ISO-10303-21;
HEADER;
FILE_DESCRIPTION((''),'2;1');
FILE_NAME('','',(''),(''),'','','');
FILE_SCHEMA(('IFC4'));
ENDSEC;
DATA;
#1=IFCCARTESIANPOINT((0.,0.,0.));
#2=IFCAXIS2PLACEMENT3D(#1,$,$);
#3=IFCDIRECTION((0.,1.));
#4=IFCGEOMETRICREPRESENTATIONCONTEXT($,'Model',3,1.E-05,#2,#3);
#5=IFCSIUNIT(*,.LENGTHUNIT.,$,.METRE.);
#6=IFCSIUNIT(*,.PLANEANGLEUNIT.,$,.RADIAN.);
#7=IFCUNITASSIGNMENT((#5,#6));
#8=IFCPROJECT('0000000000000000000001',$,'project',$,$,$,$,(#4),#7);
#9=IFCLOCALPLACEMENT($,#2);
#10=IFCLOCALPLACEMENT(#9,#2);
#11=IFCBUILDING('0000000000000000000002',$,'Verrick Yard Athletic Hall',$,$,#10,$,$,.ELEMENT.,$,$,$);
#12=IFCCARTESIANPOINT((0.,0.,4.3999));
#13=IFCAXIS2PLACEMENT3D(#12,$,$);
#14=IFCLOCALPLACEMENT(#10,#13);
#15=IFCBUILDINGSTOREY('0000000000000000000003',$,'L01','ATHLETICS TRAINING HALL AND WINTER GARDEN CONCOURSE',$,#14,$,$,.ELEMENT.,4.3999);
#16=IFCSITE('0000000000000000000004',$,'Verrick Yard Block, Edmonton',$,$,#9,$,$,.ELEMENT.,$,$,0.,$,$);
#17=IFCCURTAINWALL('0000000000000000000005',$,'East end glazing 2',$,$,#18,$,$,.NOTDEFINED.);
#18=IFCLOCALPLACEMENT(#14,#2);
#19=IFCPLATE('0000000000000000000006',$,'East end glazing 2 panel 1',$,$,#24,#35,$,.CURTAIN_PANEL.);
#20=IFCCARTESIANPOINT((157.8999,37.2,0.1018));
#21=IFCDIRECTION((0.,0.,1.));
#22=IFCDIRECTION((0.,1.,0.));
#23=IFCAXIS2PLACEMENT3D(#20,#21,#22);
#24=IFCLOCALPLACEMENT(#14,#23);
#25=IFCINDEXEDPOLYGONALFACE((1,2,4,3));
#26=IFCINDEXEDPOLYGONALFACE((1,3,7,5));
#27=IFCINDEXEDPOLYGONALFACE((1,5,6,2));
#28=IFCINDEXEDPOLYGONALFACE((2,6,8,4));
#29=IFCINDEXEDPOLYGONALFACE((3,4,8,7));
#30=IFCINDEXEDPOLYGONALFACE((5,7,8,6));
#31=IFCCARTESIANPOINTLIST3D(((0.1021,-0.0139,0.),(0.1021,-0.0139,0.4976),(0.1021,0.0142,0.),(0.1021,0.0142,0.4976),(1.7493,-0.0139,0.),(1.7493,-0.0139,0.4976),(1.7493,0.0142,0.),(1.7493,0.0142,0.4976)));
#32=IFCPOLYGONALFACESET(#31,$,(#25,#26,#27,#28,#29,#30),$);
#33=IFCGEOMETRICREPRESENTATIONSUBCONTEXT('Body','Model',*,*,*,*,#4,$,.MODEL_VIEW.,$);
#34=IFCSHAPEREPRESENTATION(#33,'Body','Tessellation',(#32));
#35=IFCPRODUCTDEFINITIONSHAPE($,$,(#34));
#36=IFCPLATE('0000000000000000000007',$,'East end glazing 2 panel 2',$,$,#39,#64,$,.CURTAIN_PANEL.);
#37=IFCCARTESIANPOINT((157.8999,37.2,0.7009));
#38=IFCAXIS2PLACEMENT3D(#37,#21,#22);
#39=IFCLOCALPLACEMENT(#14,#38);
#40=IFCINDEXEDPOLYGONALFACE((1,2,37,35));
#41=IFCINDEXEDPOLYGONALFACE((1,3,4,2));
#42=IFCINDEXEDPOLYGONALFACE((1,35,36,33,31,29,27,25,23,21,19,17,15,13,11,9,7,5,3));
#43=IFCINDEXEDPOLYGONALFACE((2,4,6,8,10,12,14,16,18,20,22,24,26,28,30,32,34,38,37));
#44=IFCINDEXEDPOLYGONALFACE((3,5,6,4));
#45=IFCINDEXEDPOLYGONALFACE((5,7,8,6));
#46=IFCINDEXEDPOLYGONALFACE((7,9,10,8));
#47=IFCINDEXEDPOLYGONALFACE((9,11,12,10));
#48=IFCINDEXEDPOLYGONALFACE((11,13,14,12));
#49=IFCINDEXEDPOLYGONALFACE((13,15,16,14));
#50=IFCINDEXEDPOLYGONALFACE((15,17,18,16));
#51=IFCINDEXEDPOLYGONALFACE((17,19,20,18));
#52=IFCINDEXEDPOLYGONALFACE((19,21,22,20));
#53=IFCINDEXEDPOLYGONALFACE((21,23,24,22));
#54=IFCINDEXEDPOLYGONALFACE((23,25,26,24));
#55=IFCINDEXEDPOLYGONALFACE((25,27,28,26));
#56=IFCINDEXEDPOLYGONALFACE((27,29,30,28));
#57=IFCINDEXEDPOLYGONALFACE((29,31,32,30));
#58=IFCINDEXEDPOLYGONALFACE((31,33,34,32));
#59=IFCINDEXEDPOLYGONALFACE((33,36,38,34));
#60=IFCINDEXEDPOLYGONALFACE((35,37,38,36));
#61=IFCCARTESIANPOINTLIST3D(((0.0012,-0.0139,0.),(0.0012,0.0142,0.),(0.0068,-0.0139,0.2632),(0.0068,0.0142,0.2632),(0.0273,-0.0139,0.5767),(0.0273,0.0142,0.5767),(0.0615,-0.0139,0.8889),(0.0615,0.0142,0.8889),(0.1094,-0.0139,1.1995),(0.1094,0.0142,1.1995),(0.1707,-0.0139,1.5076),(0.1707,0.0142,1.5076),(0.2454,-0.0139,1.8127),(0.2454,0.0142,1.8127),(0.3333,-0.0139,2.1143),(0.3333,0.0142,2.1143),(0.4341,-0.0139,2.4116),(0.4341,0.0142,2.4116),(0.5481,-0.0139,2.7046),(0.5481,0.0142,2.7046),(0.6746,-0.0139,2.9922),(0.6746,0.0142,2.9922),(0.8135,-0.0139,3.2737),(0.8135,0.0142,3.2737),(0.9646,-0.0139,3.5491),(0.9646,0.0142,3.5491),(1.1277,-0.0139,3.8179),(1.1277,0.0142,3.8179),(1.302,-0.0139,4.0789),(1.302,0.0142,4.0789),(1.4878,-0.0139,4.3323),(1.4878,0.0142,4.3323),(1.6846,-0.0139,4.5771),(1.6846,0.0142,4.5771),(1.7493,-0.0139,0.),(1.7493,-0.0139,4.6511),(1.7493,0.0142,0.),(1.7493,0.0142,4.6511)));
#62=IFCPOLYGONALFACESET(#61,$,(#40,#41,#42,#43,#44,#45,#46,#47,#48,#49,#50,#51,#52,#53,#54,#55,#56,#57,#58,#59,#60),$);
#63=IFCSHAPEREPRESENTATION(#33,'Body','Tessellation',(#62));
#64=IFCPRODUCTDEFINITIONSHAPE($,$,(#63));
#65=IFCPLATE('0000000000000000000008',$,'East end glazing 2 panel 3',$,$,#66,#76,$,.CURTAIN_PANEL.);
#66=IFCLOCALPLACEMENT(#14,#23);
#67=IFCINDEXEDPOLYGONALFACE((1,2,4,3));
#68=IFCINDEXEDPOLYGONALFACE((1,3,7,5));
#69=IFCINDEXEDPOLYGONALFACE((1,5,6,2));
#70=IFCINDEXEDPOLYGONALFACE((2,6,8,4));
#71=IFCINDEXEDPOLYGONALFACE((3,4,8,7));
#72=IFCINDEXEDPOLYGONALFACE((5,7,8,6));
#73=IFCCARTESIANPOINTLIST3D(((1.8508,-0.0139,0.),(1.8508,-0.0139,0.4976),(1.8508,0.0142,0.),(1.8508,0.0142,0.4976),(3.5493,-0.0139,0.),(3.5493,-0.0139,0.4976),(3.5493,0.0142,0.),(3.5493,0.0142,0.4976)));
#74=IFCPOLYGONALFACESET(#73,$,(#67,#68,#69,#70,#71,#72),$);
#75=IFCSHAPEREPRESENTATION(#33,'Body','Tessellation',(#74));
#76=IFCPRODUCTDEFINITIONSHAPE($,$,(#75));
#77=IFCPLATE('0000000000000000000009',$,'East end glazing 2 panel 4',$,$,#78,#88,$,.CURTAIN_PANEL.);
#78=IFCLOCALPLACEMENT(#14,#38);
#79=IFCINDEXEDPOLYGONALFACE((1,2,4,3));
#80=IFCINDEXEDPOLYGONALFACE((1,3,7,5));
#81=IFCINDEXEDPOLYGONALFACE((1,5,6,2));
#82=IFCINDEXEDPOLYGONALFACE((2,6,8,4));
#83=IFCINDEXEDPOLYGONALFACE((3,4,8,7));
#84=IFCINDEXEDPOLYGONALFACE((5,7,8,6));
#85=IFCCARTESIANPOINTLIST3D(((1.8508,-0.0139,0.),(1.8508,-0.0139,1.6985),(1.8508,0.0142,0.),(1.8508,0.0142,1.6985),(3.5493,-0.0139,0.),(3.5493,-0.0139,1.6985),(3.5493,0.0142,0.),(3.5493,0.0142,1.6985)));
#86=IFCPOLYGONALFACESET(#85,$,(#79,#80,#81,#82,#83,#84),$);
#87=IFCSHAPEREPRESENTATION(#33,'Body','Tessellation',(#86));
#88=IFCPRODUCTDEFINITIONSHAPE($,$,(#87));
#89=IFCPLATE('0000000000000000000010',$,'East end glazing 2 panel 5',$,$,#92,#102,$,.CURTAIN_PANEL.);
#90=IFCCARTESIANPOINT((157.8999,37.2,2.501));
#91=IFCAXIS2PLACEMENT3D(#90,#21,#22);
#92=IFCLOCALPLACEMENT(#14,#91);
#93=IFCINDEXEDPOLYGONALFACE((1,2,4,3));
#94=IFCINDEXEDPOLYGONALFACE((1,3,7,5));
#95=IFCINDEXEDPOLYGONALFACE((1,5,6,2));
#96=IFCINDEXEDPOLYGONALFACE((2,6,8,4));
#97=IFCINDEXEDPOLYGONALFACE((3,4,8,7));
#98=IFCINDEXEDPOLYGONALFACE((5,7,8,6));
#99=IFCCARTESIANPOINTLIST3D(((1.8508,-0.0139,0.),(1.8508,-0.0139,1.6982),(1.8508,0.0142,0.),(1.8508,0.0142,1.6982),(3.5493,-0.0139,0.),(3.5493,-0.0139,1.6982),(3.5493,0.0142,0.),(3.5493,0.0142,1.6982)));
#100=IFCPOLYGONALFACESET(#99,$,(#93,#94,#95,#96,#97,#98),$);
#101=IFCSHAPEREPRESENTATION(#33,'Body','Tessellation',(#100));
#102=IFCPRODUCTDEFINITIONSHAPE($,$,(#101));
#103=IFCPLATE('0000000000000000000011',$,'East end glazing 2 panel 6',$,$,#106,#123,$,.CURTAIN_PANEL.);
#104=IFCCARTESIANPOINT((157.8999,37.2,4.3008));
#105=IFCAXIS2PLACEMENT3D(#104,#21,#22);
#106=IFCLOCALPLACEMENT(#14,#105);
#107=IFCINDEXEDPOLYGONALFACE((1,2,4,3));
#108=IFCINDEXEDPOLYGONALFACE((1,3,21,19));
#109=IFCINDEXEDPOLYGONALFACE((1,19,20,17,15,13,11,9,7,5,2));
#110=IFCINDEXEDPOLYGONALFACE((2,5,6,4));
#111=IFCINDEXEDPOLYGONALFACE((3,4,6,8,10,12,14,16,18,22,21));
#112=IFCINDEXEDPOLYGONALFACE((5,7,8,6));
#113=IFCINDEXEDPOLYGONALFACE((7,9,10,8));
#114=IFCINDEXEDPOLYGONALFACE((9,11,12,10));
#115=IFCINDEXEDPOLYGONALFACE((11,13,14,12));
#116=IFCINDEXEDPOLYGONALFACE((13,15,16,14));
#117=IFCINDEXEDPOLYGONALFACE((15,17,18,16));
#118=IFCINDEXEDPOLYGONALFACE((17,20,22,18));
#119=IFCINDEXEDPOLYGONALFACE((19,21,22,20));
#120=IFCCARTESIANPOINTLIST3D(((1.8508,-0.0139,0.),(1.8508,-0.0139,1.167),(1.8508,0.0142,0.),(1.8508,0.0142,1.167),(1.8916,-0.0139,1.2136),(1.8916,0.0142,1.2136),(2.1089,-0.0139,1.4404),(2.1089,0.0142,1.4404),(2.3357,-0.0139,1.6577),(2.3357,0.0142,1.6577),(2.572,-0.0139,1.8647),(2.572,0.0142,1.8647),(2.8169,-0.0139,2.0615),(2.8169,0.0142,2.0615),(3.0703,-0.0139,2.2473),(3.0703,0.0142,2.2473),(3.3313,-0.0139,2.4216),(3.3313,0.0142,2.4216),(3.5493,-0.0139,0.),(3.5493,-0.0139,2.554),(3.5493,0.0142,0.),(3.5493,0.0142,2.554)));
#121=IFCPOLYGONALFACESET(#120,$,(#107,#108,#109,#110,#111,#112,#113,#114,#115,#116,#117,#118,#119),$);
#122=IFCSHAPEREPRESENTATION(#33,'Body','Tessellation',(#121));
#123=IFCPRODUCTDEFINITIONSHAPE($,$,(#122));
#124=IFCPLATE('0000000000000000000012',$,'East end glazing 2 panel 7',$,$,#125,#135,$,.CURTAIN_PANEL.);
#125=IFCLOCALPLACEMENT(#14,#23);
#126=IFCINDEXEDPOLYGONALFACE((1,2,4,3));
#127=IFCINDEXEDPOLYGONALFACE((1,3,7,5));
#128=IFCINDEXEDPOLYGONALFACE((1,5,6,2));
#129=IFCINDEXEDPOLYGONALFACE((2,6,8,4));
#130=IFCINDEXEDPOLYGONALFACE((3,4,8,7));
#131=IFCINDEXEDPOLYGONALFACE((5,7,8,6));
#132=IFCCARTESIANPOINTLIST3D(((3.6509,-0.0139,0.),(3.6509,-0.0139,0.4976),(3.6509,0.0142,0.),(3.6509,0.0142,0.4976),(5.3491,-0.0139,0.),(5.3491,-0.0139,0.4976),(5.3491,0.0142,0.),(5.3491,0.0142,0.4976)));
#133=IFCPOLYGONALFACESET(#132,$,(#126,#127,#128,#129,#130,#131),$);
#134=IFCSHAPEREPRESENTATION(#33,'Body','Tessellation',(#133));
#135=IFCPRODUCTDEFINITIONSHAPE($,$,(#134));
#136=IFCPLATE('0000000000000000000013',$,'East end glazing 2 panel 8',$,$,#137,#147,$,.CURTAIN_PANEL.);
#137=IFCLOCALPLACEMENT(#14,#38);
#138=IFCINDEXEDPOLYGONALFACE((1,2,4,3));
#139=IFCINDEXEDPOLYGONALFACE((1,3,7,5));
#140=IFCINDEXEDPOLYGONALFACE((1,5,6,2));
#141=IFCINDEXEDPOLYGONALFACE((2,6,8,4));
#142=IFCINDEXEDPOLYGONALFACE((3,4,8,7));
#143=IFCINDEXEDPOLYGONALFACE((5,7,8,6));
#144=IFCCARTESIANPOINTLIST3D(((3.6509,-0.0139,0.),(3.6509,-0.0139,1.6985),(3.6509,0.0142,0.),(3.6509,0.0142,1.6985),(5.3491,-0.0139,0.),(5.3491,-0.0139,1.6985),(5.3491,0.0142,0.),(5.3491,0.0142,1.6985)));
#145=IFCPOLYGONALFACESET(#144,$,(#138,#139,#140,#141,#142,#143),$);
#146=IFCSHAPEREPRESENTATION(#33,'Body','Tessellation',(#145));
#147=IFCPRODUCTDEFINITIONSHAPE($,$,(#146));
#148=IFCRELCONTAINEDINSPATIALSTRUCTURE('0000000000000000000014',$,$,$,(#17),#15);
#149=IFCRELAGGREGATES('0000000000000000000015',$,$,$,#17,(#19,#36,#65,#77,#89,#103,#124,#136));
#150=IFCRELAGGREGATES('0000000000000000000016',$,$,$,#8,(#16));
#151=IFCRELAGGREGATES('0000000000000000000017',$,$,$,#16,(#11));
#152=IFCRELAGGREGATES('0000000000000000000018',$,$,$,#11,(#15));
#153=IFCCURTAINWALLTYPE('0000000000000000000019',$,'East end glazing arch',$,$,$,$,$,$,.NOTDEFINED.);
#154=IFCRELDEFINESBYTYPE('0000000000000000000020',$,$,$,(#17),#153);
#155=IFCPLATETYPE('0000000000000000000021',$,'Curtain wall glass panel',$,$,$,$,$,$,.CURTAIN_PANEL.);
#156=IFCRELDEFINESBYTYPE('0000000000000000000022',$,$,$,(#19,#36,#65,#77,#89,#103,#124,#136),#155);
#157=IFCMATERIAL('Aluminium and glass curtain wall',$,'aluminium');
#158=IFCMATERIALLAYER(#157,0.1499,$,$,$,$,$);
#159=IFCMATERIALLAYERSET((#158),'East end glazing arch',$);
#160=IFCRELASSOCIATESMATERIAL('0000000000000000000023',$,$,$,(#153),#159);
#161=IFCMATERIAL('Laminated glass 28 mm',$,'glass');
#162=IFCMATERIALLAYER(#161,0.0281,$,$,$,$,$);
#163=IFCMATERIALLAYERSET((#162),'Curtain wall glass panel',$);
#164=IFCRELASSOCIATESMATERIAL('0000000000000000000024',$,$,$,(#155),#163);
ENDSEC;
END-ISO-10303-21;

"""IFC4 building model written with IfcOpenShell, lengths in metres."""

from ifc_helpers import new_model, si_unit, direction, frame, origin, place, context, subcontext, project, spatial, polyline, outline, extrude, material, layer, layer_set, type_object, element, aggregate, save


model = new_model("IFC4")

# Units and contexts
model_context = context("Model", 3, precision=1e-05, world=origin(), true_north=direction((0.0, 1.0)))
body_context = subcontext(model_context, "Body", "Model", "MODEL_VIEW")
ifc_project = project(units=[si_unit("LENGTHUNIT", "METRE"), si_unit("PLANEANGLEUNIT", "RADIAN")], contexts=[model_context])

# Site, building, storey
site_placement = place(None, origin())
site = spatial("IfcSite", under=ifc_project, at=site_placement, Name="Verrick Yard Block, Edmonton", CompositionType="ELEMENT", RefElevation=0.0)
building_placement = place(site_placement, origin())
building = spatial("IfcBuilding", under=site, at=building_placement, Name="Verrick Yard Athletic Hall", CompositionType="ELEMENT")
storey_placement = place(building_placement, frame((0.0, 0.0, 4.3999)))
storey = spatial("IfcBuildingStorey", under=building, at=storey_placement, Name="L01", Description="ATHLETICS TRAINING HALL AND WINTER GARDEN CONCOURSE", CompositionType="ELEMENT", Elevation=4.3999)

# Shared definitions
ifc_material_1 = material(Name="Aluminium and glass curtain wall", Category="aluminium")
ifc_layer_1 = layer(ifc_material_1, 0.1499)
ifc_layer_set_1 = layer_set([ifc_layer_1], Name="East end glazing arch")
curtain_wall_type_1 = type_object("IfcCurtainWallType", Name="East end glazing arch", PredefinedType="NOTDEFINED", material=ifc_layer_set_1)

# Curtain wall, plates
curtain_wall_1_placement = place(storey_placement, origin())
curtain_wall_1 = element("IfcCurtainWall", 1, at=curtain_wall_1_placement, inside=storey, type_object=curtain_wall_type_1, Name="East end glazing 2", PredefinedType="NOTDEFINED")
ifc_material_2 = material(Name="Laminated glass 28 mm", Category="glass")
ifc_layer_2 = layer(ifc_material_2, 0.0281)
ifc_layer_set_2 = layer_set([ifc_layer_2], Name="Curtain wall glass panel")
plate_type_1 = type_object("IfcPlateType", Name="Curtain wall glass panel", PredefinedType="CURTAIN_PANEL", material=ifc_layer_set_2)
plate_1_placement = place(storey_placement, frame((157.8999, 37.2, 0.1018), z_axis=(0.0, 0.0, 1.0), x_axis=(0.0, 1.0, 0.0)))
plate_1 = element("IfcPlate", 2, at=plate_1_placement, type_object=plate_type_1, Name="East end glazing 2 panel 1", PredefinedType="CURTAIN_PANEL", context=body_context, shape_type="SweptSolid", body=[
    extrude(outline(polyline([(1.7493, 0.0), (1.7493, 0.4976), (0.1021, 0.4976), (0.1021, 0.0), (1.7493, 0.0)])), frame((0.0, 0.0142, 0.0), z_axis=(0.0, -1.0, 0.0), x_axis=(1.0, 0.0, 0.0)), (0.0, 0.0, 1.0), 0.0281),
])
plate_2_placement = place(storey_placement, frame((157.8999, 37.2, 0.7009), z_axis=(0.0, 0.0, 1.0), x_axis=(0.0, 1.0, 0.0)))
plate_2 = element("IfcPlate", 3, at=plate_2_placement, type_object=plate_type_1, Name="East end glazing 2 panel 2", PredefinedType="CURTAIN_PANEL", context=body_context, shape_type="SweptSolid", body=[
    extrude(outline(polyline([(1.7493, 4.6511), (1.6846, 4.5771), (1.4878, 4.3323), (1.302, 4.0789), (1.1277, 3.8179), (0.9646, 3.5491), (0.8135, 3.2737), (0.6746, 2.9922), (0.5481, 2.7046), (0.4341, 2.4116), (0.3333, 2.1143), (0.2454, 1.8127), (0.1707, 1.5076), (0.1094, 1.1995), (0.0615, 0.8889), (0.0273, 0.5767), (0.0068, 0.2632), (0.0012, 0.0), (1.7493, 0.0), (1.7493, 4.6511)])), frame((0.0, 0.0142, 0.0), z_axis=(0.0, -1.0, 0.0), x_axis=(1.0, 0.0, 0.0)), (0.0, 0.0, 1.0), 0.0281),
])
plate_3_placement = place(storey_placement, frame((157.8999, 37.2, 0.1018), z_axis=(0.0, 0.0, 1.0), x_axis=(0.0, 1.0, 0.0)))
plate_3 = element("IfcPlate", 4, at=plate_3_placement, type_object=plate_type_1, Name="East end glazing 2 panel 3", PredefinedType="CURTAIN_PANEL", context=body_context, shape_type="SweptSolid", body=[
    extrude(outline(polyline([(3.5493, 0.0), (3.5493, 0.4976), (1.8508, 0.4976), (1.8508, 0.0), (3.5493, 0.0)])), frame((0.0, 0.0142, 0.0), z_axis=(0.0, -1.0, 0.0), x_axis=(1.0, 0.0, 0.0)), (0.0, 0.0, 1.0), 0.0281),
])
plate_4_placement = place(storey_placement, frame((157.8999, 37.2, 0.7009), z_axis=(0.0, 0.0, 1.0), x_axis=(0.0, 1.0, 0.0)))
plate_4 = element("IfcPlate", 5, at=plate_4_placement, type_object=plate_type_1, Name="East end glazing 2 panel 4", PredefinedType="CURTAIN_PANEL", context=body_context, shape_type="SweptSolid", body=[
    extrude(outline(polyline([(3.5493, 0.0), (3.5493, 1.6985), (1.8508, 1.6985), (1.8508, 0.0), (3.5493, 0.0)])), frame((0.0, 0.0142, 0.0), z_axis=(0.0, -1.0, 0.0), x_axis=(1.0, 0.0, 0.0)), (0.0, 0.0, 1.0), 0.0281),
])
plate_5_placement = place(storey_placement, frame((157.8999, 37.2, 2.501), z_axis=(0.0, 0.0, 1.0), x_axis=(0.0, 1.0, 0.0)))
plate_5 = element("IfcPlate", 6, at=plate_5_placement, type_object=plate_type_1, Name="East end glazing 2 panel 5", PredefinedType="CURTAIN_PANEL", context=body_context, shape_type="SweptSolid", body=[
    extrude(outline(polyline([(3.5493, 0.0), (3.5493, 1.6982), (1.8508, 1.6982), (1.8508, 0.0), (3.5493, 0.0)])), frame((0.0, 0.0142, 0.0), z_axis=(0.0, -1.0, 0.0), x_axis=(1.0, 0.0, 0.0)), (0.0, 0.0, 1.0), 0.0281),
])
plate_6_placement = place(storey_placement, frame((157.8999, 37.2, 4.3008), z_axis=(0.0, 0.0, 1.0), x_axis=(0.0, 1.0, 0.0)))
plate_6 = element("IfcPlate", 7, at=plate_6_placement, type_object=plate_type_1, Name="East end glazing 2 panel 6", PredefinedType="CURTAIN_PANEL", context=body_context, shape_type="SweptSolid", body=[
    extrude(outline(polyline([(3.5493, 2.554), (3.3313, 2.4216), (3.0703, 2.2473), (2.8169, 2.0615), (2.572, 1.8647), (2.3357, 1.6577), (2.1089, 1.4404), (1.8916, 1.2136), (1.8508, 1.167), (1.8508, 0.0), (3.5493, 0.0), (3.5493, 2.554)])), frame((0.0, 0.0142, 0.0), z_axis=(0.0, -1.0, 0.0), x_axis=(1.0, 0.0, 0.0)), (0.0, 0.0, 1.0), 0.0281),
])
plate_7_placement = place(storey_placement, frame((157.8999, 37.2, 0.1018), z_axis=(0.0, 0.0, 1.0), x_axis=(0.0, 1.0, 0.0)))
plate_7 = element("IfcPlate", 8, at=plate_7_placement, type_object=plate_type_1, Name="East end glazing 2 panel 7", PredefinedType="CURTAIN_PANEL", context=body_context, shape_type="SweptSolid", body=[
    extrude(outline(polyline([(5.3491, 0.0), (5.3491, 0.4976), (3.6509, 0.4976), (3.6509, 0.0), (5.3491, 0.0)])), frame((0.0, 0.0142, 0.0), z_axis=(0.0, -1.0, 0.0), x_axis=(1.0, 0.0, 0.0)), (0.0, 0.0, 1.0), 0.0281),
])
plate_8_placement = place(storey_placement, frame((157.8999, 37.2, 0.7009), z_axis=(0.0, 0.0, 1.0), x_axis=(0.0, 1.0, 0.0)))
plate_8 = element("IfcPlate", 9, at=plate_8_placement, type_object=plate_type_1, Name="East end glazing 2 panel 8", PredefinedType="CURTAIN_PANEL", context=body_context, shape_type="SweptSolid", body=[
    extrude(outline(polyline([(5.3491, 0.0), (5.3491, 1.6985), (3.6509, 1.6985), (3.6509, 0.0), (5.3491, 0.0)])), frame((0.0, 0.0142, 0.0), z_axis=(0.0, -1.0, 0.0), x_axis=(1.0, 0.0, 0.0)), (0.0, 0.0, 1.0), 0.0281),
])
aggregate(curtain_wall_1, [plate_1, plate_2, plate_3, plate_4, plate_5, plate_6, plate_7, plate_8])

save(model, "model.ifc")
